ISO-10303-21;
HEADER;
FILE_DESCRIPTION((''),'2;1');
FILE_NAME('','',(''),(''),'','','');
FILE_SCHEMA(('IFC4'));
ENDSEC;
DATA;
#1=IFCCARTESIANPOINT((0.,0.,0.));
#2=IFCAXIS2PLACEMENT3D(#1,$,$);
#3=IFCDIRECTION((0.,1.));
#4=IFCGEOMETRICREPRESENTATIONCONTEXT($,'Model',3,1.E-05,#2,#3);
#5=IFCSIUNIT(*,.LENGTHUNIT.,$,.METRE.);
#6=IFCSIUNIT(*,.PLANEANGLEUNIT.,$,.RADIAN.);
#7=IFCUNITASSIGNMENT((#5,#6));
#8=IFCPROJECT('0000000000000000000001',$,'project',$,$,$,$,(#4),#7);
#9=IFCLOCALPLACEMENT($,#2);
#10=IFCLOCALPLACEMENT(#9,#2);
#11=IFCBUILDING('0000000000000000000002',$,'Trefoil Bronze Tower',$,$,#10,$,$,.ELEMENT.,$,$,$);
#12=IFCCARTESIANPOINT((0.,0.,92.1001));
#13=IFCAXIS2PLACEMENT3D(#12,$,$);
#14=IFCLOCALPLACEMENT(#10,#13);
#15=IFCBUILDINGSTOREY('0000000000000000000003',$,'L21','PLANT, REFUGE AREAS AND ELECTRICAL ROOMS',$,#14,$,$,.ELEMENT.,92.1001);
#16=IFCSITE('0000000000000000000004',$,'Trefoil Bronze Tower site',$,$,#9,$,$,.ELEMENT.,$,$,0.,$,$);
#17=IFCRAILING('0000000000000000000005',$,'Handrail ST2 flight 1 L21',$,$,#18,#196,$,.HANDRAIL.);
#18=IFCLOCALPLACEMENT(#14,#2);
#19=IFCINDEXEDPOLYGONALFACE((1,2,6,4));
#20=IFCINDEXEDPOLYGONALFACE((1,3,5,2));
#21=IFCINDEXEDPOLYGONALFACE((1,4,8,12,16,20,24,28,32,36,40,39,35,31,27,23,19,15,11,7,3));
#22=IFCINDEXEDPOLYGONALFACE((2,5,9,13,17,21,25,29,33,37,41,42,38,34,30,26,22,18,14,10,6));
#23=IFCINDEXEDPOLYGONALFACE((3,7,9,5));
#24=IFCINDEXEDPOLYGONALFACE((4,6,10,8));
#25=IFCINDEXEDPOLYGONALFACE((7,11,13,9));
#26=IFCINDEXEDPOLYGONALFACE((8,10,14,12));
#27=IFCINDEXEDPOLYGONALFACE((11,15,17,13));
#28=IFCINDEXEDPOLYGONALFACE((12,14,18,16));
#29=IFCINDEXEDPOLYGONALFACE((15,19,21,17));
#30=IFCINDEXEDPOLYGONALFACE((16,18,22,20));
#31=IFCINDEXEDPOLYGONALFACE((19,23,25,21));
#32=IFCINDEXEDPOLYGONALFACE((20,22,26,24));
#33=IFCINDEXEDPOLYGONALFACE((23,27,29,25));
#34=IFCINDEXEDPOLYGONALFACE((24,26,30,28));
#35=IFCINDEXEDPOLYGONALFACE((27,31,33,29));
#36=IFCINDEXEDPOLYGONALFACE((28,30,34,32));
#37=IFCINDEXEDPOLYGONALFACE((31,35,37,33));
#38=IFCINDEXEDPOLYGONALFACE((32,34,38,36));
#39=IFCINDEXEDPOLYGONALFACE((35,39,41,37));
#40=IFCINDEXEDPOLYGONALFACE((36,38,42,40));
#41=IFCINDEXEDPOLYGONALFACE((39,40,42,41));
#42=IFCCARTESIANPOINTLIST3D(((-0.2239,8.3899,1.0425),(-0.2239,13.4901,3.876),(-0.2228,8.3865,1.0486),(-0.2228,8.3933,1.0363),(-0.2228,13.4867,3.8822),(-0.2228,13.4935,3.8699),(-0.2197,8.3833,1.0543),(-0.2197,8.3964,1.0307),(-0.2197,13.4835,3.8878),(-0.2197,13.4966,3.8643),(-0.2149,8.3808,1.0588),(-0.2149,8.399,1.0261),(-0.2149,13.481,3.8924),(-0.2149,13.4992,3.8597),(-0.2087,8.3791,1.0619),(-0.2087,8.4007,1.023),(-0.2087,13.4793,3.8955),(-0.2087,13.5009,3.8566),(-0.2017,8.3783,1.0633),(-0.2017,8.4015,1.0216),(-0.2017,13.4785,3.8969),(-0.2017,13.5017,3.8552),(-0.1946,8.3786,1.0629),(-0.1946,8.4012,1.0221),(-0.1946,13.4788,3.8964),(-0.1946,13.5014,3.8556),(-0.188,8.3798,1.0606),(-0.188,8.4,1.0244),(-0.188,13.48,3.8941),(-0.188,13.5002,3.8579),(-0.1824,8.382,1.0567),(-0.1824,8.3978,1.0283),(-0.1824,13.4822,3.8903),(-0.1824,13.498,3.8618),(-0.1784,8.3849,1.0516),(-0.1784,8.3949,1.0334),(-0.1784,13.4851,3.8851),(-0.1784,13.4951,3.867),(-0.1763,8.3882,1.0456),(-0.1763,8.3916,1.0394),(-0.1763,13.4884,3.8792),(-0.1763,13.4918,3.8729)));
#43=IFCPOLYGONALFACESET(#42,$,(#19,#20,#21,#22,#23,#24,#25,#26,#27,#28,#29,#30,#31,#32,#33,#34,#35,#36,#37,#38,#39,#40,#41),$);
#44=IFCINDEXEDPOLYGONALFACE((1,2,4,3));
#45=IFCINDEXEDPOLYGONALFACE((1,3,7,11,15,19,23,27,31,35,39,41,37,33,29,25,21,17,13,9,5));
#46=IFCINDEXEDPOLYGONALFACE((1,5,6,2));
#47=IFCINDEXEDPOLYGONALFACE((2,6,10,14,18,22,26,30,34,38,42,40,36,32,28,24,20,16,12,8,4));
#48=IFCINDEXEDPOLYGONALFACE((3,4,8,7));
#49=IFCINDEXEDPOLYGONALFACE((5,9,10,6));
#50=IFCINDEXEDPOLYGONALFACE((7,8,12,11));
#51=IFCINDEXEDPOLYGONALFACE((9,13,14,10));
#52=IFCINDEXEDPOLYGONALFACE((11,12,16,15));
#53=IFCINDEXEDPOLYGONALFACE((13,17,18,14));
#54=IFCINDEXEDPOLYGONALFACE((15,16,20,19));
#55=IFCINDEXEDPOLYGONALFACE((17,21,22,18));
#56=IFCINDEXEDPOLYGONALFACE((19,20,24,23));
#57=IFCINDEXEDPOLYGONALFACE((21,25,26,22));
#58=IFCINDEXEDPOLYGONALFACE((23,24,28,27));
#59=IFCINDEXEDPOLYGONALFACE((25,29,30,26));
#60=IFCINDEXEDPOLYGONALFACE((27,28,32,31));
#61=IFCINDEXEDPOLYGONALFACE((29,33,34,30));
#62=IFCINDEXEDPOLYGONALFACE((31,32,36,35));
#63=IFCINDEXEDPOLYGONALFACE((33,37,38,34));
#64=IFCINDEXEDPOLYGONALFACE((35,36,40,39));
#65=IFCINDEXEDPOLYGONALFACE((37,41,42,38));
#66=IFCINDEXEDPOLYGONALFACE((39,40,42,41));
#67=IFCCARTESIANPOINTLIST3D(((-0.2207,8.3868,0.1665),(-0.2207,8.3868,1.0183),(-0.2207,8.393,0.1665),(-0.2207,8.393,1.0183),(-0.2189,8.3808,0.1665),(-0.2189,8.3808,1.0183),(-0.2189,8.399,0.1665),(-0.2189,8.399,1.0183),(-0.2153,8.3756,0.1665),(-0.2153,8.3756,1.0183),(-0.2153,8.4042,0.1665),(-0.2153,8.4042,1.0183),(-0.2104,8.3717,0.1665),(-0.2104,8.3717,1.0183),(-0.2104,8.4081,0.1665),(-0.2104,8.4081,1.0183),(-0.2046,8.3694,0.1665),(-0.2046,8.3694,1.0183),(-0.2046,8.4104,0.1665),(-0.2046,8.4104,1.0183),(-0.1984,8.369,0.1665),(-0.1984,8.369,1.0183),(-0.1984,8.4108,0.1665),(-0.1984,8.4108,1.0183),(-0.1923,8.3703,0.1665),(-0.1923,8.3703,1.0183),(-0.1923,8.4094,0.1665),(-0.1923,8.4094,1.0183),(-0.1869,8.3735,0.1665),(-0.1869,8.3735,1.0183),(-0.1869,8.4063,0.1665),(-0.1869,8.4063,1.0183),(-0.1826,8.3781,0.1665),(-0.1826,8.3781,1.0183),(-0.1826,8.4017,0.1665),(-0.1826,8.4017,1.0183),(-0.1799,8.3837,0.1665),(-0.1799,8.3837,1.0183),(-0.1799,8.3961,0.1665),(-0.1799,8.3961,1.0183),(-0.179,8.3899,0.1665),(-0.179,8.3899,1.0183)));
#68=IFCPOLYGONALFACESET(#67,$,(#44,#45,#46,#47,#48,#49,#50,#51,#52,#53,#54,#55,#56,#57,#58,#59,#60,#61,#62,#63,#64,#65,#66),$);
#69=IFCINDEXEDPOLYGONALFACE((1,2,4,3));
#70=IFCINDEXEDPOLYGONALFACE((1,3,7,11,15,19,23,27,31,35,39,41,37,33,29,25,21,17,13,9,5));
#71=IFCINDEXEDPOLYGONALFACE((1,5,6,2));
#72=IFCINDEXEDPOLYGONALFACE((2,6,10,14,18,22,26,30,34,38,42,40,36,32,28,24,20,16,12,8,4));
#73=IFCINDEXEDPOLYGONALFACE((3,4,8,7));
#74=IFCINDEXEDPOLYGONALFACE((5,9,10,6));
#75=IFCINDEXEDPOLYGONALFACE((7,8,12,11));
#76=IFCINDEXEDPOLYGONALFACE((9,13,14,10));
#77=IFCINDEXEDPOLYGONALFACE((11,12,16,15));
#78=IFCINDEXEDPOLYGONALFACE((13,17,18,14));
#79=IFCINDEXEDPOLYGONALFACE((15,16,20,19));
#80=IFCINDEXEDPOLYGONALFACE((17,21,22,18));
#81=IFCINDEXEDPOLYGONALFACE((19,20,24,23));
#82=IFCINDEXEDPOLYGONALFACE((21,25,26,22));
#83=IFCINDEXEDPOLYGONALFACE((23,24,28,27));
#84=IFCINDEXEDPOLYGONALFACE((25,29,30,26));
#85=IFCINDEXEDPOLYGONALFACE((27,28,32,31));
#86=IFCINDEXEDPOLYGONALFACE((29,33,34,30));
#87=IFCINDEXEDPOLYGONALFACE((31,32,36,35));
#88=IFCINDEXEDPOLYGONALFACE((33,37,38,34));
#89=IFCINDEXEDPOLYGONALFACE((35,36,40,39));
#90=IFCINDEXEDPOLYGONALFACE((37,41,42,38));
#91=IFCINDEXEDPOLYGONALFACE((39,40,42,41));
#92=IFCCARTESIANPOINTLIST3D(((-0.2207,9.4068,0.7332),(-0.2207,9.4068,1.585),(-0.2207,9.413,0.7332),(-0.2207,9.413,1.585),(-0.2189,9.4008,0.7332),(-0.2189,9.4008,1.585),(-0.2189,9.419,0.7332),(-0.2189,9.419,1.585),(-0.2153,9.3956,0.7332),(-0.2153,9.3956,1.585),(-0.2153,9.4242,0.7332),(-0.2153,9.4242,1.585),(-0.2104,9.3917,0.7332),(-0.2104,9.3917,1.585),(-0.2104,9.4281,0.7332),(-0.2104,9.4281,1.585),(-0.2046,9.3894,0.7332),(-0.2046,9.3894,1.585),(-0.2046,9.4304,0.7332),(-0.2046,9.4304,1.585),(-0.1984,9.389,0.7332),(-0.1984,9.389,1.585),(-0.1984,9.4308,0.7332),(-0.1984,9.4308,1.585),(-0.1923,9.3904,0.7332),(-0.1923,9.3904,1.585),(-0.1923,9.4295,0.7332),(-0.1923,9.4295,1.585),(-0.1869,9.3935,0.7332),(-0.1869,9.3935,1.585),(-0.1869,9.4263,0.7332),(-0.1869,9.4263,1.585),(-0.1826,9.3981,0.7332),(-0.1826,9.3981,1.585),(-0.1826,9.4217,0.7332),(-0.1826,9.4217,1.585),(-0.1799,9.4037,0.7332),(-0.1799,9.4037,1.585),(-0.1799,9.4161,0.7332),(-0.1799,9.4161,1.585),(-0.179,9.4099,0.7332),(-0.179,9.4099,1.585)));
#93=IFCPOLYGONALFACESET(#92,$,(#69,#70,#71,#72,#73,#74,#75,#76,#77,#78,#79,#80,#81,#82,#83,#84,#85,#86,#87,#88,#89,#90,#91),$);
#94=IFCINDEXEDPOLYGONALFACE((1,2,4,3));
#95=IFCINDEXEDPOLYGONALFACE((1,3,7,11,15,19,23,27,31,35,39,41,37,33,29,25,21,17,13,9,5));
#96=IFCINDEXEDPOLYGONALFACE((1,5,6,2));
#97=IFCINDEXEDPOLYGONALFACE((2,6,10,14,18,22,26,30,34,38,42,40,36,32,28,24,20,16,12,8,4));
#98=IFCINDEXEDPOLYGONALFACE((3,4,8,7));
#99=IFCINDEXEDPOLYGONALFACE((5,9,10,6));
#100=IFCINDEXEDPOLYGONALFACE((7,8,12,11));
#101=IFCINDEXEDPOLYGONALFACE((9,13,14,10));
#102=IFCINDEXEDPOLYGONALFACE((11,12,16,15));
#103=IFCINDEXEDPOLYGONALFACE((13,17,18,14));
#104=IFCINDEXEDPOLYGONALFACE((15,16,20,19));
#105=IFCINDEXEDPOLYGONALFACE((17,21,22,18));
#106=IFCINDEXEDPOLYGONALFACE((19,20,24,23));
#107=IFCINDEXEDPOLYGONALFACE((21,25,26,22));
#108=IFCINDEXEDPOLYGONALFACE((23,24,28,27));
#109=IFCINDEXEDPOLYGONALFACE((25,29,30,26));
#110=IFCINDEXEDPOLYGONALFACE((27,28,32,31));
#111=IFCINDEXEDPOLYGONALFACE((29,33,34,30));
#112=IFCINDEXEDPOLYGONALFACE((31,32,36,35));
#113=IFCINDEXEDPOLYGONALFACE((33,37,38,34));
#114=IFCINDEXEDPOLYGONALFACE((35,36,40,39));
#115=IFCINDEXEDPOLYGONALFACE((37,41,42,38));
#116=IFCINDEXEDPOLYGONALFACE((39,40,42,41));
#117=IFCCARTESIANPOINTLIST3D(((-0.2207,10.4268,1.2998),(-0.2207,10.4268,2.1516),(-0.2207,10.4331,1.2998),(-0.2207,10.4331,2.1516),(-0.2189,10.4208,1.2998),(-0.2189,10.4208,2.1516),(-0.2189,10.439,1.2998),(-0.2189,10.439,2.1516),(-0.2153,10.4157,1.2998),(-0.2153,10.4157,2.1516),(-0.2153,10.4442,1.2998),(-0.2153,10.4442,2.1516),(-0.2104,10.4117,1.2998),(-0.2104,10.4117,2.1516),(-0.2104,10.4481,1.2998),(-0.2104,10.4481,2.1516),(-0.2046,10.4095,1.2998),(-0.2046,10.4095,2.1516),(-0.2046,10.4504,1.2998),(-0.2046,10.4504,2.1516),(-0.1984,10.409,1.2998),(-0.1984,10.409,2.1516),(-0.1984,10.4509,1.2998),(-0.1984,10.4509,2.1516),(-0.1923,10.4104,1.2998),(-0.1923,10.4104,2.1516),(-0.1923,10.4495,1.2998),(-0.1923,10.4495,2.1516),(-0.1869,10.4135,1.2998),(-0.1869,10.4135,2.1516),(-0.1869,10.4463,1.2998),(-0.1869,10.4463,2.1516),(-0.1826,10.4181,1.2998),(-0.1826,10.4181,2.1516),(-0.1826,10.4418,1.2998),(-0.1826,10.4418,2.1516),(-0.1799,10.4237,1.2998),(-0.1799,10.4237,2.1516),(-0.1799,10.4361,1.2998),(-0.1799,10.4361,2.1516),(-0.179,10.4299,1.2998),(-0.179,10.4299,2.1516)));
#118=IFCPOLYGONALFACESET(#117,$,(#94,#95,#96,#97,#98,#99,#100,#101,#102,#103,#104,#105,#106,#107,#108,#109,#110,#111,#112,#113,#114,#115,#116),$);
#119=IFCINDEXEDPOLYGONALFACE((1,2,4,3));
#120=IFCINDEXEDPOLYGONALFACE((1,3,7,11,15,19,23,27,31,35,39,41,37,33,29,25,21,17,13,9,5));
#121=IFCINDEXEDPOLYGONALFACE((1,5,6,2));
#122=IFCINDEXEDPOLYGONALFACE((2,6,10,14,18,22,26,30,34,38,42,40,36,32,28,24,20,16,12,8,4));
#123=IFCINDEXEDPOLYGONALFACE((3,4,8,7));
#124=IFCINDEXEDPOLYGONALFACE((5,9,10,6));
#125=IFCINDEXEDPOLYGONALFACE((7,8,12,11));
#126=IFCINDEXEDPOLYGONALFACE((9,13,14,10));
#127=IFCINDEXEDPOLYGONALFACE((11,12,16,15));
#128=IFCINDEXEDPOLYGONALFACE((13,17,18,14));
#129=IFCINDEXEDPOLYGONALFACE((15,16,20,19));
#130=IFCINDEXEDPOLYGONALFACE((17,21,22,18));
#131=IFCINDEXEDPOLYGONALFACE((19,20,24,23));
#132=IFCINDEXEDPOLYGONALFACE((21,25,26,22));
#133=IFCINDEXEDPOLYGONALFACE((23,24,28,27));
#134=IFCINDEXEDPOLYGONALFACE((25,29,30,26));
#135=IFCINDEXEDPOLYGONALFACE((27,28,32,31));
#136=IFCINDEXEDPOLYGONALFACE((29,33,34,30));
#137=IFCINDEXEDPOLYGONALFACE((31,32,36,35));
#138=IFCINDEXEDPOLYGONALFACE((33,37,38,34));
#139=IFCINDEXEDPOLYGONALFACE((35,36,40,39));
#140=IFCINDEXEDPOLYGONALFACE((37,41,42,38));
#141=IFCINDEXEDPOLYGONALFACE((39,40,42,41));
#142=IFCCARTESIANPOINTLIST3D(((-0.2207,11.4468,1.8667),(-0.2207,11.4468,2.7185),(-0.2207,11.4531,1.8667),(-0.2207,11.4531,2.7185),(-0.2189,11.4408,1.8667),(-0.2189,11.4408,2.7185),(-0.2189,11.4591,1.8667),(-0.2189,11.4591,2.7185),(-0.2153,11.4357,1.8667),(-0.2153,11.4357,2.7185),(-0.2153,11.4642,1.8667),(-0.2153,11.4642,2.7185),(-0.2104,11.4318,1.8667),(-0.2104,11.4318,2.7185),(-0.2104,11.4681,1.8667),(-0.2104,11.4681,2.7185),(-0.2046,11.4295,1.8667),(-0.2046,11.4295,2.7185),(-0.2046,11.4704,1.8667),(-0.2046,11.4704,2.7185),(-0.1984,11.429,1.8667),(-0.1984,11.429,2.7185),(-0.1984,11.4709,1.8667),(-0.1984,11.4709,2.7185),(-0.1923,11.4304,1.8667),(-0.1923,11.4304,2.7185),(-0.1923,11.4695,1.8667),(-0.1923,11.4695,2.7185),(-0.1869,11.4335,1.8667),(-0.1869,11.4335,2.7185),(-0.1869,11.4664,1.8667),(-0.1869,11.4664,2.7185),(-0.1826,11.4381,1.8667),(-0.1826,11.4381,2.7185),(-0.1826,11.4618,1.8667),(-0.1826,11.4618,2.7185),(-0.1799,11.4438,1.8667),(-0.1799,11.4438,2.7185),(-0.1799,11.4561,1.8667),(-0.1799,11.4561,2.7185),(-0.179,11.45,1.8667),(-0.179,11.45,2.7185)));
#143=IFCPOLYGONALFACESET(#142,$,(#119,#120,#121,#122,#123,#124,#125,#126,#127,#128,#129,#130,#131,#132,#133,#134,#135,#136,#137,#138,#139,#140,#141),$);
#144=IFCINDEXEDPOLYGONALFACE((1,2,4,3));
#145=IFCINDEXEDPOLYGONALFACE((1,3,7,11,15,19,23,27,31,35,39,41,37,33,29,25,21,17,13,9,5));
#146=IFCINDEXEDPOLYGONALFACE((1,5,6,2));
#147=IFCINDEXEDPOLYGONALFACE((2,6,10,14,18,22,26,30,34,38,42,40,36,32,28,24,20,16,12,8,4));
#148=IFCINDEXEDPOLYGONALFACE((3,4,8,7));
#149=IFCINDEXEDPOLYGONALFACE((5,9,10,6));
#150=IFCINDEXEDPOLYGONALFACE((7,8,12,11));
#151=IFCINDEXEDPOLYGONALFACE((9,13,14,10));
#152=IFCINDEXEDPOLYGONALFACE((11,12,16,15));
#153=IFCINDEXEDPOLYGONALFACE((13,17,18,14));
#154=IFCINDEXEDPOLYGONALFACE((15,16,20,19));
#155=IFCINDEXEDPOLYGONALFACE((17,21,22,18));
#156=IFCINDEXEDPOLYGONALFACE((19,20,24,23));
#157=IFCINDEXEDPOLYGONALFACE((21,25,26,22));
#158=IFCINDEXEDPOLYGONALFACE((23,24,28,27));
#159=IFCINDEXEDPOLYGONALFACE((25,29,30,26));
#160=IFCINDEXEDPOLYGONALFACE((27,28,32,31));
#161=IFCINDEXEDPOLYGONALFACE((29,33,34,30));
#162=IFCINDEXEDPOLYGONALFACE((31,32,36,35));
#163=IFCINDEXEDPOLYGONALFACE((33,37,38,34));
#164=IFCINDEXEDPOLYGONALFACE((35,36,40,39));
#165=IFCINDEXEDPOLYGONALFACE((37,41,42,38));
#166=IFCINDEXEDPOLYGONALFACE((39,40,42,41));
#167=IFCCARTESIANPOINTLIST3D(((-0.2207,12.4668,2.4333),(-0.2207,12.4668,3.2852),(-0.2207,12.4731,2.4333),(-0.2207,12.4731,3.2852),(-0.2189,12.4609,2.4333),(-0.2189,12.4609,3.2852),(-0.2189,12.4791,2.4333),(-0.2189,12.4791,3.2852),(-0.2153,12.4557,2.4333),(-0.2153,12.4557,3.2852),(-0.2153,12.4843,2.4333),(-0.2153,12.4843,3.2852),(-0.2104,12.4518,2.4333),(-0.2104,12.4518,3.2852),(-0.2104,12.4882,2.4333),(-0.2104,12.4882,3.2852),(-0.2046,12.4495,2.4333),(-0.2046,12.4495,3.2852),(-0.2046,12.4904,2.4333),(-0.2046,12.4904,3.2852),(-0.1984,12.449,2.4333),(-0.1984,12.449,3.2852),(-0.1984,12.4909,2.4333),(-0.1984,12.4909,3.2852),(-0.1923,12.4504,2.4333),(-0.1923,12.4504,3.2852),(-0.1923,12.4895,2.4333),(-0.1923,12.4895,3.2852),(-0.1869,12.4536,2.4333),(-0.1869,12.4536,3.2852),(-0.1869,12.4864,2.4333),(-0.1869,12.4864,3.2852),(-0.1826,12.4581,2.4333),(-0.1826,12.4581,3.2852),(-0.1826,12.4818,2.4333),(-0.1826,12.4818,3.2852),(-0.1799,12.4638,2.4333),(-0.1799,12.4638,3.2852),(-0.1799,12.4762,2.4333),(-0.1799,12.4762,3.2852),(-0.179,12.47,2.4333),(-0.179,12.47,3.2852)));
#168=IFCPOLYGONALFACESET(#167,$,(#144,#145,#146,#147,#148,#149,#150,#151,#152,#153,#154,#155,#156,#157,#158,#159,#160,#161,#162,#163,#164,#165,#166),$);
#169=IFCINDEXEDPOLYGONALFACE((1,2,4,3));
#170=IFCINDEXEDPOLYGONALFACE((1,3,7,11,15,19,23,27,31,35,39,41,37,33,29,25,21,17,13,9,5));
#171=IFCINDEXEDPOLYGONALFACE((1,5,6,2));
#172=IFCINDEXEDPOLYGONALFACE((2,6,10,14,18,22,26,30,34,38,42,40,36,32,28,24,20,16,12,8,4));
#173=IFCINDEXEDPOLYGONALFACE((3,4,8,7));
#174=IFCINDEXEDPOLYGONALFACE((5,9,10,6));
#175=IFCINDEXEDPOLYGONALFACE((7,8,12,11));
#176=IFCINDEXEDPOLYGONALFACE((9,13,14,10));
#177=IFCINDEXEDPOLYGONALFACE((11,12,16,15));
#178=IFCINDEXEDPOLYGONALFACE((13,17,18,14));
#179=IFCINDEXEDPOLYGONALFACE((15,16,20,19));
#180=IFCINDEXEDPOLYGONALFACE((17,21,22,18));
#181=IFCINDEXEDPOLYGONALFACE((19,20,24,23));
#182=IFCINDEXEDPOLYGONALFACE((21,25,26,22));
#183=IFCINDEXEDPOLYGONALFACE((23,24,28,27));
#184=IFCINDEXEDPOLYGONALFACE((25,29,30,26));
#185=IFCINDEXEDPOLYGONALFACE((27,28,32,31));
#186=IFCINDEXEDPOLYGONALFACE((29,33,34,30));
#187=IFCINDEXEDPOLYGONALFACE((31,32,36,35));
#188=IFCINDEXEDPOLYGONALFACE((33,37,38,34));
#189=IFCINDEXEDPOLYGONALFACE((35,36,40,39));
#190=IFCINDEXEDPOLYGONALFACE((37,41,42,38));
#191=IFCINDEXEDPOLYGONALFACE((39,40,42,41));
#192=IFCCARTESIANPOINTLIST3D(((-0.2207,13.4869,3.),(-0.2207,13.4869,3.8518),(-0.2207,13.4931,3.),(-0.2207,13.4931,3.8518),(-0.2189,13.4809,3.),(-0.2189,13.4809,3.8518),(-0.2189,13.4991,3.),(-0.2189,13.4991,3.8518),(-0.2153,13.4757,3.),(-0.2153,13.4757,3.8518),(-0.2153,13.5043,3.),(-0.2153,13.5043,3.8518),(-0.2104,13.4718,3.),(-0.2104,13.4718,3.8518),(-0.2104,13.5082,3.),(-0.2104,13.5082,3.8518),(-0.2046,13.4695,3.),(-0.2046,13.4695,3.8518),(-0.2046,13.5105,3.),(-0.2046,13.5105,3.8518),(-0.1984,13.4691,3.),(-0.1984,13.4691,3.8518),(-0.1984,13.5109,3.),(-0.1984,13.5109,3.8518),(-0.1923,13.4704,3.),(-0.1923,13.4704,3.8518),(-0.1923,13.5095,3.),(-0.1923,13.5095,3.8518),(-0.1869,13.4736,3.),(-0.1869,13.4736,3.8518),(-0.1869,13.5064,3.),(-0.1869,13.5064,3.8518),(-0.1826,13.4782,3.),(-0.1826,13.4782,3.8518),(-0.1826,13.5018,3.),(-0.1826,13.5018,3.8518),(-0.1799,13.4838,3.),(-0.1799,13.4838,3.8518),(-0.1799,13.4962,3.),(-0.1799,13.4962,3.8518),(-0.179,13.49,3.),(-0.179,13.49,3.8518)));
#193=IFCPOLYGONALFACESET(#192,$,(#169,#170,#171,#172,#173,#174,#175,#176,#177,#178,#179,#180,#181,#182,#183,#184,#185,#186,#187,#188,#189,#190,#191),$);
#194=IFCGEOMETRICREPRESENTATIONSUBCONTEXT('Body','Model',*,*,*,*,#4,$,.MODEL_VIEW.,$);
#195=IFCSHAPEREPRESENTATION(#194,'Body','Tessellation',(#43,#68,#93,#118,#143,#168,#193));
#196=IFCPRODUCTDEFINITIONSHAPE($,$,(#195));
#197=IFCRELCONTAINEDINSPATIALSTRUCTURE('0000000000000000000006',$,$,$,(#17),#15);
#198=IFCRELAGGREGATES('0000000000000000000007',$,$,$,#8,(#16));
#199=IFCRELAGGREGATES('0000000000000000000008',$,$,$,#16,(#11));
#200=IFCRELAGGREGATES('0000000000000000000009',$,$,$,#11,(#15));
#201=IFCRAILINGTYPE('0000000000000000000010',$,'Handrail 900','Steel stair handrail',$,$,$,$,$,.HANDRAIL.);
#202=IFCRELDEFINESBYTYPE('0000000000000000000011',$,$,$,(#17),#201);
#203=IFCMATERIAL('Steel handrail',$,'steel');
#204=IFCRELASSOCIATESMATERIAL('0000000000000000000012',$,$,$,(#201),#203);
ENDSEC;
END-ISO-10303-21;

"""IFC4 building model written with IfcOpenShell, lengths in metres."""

from ifc_helpers import new_model, si_unit, direction, frame, origin, origin_2d, place, context, subcontext, project, spatial, circle, extrude, material, type_object, element, save


model = new_model("IFC4")

# Units and contexts
model_context = context("Model", 3, precision=1e-05, world=origin(), true_north=direction((0.0, 1.0)))
body_context = subcontext(model_context, "Body", "Model", "MODEL_VIEW")
ifc_project = project(units=[si_unit("LENGTHUNIT", "METRE"), si_unit("PLANEANGLEUNIT", "RADIAN")], contexts=[model_context])

# Site, building, storey
site_placement = place(None, origin())
site = spatial("IfcSite", under=ifc_project, at=site_placement, Name="Trefoil Bronze Tower site", CompositionType="ELEMENT", RefElevation=0.0)
building_placement = place(site_placement, origin())
building = spatial("IfcBuilding", under=site, at=building_placement, Name="Trefoil Bronze Tower", CompositionType="ELEMENT")
storey_placement = place(building_placement, frame((0.0, 0.0, 92.1001)))
storey = spatial("IfcBuildingStorey", under=building, at=storey_placement, Name="L21", Description="PLANT, REFUGE AREAS AND ELECTRICAL ROOMS", CompositionType="ELEMENT", Elevation=92.1001)

# Railing
ifc_material_1 = material(Name="Steel handrail", Category="steel")
railing_type = type_object("IfcRailingType", Name="Handrail 900", Description="Steel stair handrail", PredefinedType="HANDRAIL", material=ifc_material_1)
railing_placement = place(storey_placement, frame((-0.2, 8.3899, 0.1665)))
element("IfcRailing", 1, at=railing_placement, inside=storey, type_object=railing_type, Name="Handrail ST2 flight 1 L21", PredefinedType="HANDRAIL", context=body_context, shape_type="SweptSolid", body=[
    extrude(circle(Radius=0.0239, at=origin_2d()), frame((0.0, 0.0, 0.876), z_axis=(0.0, 0.874149, 0.485657), x_axis=(-1.0, 0.0, 0.0)), (0.0, 0.0, 1.0), 5.8345),
    extrude(circle(Radius=0.021, at=origin_2d()), origin(), (0.0, 0.0, 1.0), 0.8518),
    extrude(circle(Radius=0.021, at=origin_2d()), frame((0.0, 1.02, 0.5667)), (0.0, 0.0, 1.0), 0.8518),
    extrude(circle(Radius=0.021, at=origin_2d()), frame((0.0, 2.04, 1.1333)), (0.0, 0.0, 1.0), 0.8518),
    extrude(circle(Radius=0.021, at=origin_2d()), frame((0.0, 3.0601, 1.7002)), (0.0, 0.0, 1.0), 0.8518),
    extrude(circle(Radius=0.021, at=origin_2d()), frame((0.0, 4.0801, 2.2668)), (0.0, 0.0, 1.0), 0.8518),
    extrude(circle(Radius=0.021, at=origin_2d()), frame((0.0, 5.1001, 2.8335)), (0.0, 0.0, 1.0), 0.8518),
])

save(model, "model.ifc")
